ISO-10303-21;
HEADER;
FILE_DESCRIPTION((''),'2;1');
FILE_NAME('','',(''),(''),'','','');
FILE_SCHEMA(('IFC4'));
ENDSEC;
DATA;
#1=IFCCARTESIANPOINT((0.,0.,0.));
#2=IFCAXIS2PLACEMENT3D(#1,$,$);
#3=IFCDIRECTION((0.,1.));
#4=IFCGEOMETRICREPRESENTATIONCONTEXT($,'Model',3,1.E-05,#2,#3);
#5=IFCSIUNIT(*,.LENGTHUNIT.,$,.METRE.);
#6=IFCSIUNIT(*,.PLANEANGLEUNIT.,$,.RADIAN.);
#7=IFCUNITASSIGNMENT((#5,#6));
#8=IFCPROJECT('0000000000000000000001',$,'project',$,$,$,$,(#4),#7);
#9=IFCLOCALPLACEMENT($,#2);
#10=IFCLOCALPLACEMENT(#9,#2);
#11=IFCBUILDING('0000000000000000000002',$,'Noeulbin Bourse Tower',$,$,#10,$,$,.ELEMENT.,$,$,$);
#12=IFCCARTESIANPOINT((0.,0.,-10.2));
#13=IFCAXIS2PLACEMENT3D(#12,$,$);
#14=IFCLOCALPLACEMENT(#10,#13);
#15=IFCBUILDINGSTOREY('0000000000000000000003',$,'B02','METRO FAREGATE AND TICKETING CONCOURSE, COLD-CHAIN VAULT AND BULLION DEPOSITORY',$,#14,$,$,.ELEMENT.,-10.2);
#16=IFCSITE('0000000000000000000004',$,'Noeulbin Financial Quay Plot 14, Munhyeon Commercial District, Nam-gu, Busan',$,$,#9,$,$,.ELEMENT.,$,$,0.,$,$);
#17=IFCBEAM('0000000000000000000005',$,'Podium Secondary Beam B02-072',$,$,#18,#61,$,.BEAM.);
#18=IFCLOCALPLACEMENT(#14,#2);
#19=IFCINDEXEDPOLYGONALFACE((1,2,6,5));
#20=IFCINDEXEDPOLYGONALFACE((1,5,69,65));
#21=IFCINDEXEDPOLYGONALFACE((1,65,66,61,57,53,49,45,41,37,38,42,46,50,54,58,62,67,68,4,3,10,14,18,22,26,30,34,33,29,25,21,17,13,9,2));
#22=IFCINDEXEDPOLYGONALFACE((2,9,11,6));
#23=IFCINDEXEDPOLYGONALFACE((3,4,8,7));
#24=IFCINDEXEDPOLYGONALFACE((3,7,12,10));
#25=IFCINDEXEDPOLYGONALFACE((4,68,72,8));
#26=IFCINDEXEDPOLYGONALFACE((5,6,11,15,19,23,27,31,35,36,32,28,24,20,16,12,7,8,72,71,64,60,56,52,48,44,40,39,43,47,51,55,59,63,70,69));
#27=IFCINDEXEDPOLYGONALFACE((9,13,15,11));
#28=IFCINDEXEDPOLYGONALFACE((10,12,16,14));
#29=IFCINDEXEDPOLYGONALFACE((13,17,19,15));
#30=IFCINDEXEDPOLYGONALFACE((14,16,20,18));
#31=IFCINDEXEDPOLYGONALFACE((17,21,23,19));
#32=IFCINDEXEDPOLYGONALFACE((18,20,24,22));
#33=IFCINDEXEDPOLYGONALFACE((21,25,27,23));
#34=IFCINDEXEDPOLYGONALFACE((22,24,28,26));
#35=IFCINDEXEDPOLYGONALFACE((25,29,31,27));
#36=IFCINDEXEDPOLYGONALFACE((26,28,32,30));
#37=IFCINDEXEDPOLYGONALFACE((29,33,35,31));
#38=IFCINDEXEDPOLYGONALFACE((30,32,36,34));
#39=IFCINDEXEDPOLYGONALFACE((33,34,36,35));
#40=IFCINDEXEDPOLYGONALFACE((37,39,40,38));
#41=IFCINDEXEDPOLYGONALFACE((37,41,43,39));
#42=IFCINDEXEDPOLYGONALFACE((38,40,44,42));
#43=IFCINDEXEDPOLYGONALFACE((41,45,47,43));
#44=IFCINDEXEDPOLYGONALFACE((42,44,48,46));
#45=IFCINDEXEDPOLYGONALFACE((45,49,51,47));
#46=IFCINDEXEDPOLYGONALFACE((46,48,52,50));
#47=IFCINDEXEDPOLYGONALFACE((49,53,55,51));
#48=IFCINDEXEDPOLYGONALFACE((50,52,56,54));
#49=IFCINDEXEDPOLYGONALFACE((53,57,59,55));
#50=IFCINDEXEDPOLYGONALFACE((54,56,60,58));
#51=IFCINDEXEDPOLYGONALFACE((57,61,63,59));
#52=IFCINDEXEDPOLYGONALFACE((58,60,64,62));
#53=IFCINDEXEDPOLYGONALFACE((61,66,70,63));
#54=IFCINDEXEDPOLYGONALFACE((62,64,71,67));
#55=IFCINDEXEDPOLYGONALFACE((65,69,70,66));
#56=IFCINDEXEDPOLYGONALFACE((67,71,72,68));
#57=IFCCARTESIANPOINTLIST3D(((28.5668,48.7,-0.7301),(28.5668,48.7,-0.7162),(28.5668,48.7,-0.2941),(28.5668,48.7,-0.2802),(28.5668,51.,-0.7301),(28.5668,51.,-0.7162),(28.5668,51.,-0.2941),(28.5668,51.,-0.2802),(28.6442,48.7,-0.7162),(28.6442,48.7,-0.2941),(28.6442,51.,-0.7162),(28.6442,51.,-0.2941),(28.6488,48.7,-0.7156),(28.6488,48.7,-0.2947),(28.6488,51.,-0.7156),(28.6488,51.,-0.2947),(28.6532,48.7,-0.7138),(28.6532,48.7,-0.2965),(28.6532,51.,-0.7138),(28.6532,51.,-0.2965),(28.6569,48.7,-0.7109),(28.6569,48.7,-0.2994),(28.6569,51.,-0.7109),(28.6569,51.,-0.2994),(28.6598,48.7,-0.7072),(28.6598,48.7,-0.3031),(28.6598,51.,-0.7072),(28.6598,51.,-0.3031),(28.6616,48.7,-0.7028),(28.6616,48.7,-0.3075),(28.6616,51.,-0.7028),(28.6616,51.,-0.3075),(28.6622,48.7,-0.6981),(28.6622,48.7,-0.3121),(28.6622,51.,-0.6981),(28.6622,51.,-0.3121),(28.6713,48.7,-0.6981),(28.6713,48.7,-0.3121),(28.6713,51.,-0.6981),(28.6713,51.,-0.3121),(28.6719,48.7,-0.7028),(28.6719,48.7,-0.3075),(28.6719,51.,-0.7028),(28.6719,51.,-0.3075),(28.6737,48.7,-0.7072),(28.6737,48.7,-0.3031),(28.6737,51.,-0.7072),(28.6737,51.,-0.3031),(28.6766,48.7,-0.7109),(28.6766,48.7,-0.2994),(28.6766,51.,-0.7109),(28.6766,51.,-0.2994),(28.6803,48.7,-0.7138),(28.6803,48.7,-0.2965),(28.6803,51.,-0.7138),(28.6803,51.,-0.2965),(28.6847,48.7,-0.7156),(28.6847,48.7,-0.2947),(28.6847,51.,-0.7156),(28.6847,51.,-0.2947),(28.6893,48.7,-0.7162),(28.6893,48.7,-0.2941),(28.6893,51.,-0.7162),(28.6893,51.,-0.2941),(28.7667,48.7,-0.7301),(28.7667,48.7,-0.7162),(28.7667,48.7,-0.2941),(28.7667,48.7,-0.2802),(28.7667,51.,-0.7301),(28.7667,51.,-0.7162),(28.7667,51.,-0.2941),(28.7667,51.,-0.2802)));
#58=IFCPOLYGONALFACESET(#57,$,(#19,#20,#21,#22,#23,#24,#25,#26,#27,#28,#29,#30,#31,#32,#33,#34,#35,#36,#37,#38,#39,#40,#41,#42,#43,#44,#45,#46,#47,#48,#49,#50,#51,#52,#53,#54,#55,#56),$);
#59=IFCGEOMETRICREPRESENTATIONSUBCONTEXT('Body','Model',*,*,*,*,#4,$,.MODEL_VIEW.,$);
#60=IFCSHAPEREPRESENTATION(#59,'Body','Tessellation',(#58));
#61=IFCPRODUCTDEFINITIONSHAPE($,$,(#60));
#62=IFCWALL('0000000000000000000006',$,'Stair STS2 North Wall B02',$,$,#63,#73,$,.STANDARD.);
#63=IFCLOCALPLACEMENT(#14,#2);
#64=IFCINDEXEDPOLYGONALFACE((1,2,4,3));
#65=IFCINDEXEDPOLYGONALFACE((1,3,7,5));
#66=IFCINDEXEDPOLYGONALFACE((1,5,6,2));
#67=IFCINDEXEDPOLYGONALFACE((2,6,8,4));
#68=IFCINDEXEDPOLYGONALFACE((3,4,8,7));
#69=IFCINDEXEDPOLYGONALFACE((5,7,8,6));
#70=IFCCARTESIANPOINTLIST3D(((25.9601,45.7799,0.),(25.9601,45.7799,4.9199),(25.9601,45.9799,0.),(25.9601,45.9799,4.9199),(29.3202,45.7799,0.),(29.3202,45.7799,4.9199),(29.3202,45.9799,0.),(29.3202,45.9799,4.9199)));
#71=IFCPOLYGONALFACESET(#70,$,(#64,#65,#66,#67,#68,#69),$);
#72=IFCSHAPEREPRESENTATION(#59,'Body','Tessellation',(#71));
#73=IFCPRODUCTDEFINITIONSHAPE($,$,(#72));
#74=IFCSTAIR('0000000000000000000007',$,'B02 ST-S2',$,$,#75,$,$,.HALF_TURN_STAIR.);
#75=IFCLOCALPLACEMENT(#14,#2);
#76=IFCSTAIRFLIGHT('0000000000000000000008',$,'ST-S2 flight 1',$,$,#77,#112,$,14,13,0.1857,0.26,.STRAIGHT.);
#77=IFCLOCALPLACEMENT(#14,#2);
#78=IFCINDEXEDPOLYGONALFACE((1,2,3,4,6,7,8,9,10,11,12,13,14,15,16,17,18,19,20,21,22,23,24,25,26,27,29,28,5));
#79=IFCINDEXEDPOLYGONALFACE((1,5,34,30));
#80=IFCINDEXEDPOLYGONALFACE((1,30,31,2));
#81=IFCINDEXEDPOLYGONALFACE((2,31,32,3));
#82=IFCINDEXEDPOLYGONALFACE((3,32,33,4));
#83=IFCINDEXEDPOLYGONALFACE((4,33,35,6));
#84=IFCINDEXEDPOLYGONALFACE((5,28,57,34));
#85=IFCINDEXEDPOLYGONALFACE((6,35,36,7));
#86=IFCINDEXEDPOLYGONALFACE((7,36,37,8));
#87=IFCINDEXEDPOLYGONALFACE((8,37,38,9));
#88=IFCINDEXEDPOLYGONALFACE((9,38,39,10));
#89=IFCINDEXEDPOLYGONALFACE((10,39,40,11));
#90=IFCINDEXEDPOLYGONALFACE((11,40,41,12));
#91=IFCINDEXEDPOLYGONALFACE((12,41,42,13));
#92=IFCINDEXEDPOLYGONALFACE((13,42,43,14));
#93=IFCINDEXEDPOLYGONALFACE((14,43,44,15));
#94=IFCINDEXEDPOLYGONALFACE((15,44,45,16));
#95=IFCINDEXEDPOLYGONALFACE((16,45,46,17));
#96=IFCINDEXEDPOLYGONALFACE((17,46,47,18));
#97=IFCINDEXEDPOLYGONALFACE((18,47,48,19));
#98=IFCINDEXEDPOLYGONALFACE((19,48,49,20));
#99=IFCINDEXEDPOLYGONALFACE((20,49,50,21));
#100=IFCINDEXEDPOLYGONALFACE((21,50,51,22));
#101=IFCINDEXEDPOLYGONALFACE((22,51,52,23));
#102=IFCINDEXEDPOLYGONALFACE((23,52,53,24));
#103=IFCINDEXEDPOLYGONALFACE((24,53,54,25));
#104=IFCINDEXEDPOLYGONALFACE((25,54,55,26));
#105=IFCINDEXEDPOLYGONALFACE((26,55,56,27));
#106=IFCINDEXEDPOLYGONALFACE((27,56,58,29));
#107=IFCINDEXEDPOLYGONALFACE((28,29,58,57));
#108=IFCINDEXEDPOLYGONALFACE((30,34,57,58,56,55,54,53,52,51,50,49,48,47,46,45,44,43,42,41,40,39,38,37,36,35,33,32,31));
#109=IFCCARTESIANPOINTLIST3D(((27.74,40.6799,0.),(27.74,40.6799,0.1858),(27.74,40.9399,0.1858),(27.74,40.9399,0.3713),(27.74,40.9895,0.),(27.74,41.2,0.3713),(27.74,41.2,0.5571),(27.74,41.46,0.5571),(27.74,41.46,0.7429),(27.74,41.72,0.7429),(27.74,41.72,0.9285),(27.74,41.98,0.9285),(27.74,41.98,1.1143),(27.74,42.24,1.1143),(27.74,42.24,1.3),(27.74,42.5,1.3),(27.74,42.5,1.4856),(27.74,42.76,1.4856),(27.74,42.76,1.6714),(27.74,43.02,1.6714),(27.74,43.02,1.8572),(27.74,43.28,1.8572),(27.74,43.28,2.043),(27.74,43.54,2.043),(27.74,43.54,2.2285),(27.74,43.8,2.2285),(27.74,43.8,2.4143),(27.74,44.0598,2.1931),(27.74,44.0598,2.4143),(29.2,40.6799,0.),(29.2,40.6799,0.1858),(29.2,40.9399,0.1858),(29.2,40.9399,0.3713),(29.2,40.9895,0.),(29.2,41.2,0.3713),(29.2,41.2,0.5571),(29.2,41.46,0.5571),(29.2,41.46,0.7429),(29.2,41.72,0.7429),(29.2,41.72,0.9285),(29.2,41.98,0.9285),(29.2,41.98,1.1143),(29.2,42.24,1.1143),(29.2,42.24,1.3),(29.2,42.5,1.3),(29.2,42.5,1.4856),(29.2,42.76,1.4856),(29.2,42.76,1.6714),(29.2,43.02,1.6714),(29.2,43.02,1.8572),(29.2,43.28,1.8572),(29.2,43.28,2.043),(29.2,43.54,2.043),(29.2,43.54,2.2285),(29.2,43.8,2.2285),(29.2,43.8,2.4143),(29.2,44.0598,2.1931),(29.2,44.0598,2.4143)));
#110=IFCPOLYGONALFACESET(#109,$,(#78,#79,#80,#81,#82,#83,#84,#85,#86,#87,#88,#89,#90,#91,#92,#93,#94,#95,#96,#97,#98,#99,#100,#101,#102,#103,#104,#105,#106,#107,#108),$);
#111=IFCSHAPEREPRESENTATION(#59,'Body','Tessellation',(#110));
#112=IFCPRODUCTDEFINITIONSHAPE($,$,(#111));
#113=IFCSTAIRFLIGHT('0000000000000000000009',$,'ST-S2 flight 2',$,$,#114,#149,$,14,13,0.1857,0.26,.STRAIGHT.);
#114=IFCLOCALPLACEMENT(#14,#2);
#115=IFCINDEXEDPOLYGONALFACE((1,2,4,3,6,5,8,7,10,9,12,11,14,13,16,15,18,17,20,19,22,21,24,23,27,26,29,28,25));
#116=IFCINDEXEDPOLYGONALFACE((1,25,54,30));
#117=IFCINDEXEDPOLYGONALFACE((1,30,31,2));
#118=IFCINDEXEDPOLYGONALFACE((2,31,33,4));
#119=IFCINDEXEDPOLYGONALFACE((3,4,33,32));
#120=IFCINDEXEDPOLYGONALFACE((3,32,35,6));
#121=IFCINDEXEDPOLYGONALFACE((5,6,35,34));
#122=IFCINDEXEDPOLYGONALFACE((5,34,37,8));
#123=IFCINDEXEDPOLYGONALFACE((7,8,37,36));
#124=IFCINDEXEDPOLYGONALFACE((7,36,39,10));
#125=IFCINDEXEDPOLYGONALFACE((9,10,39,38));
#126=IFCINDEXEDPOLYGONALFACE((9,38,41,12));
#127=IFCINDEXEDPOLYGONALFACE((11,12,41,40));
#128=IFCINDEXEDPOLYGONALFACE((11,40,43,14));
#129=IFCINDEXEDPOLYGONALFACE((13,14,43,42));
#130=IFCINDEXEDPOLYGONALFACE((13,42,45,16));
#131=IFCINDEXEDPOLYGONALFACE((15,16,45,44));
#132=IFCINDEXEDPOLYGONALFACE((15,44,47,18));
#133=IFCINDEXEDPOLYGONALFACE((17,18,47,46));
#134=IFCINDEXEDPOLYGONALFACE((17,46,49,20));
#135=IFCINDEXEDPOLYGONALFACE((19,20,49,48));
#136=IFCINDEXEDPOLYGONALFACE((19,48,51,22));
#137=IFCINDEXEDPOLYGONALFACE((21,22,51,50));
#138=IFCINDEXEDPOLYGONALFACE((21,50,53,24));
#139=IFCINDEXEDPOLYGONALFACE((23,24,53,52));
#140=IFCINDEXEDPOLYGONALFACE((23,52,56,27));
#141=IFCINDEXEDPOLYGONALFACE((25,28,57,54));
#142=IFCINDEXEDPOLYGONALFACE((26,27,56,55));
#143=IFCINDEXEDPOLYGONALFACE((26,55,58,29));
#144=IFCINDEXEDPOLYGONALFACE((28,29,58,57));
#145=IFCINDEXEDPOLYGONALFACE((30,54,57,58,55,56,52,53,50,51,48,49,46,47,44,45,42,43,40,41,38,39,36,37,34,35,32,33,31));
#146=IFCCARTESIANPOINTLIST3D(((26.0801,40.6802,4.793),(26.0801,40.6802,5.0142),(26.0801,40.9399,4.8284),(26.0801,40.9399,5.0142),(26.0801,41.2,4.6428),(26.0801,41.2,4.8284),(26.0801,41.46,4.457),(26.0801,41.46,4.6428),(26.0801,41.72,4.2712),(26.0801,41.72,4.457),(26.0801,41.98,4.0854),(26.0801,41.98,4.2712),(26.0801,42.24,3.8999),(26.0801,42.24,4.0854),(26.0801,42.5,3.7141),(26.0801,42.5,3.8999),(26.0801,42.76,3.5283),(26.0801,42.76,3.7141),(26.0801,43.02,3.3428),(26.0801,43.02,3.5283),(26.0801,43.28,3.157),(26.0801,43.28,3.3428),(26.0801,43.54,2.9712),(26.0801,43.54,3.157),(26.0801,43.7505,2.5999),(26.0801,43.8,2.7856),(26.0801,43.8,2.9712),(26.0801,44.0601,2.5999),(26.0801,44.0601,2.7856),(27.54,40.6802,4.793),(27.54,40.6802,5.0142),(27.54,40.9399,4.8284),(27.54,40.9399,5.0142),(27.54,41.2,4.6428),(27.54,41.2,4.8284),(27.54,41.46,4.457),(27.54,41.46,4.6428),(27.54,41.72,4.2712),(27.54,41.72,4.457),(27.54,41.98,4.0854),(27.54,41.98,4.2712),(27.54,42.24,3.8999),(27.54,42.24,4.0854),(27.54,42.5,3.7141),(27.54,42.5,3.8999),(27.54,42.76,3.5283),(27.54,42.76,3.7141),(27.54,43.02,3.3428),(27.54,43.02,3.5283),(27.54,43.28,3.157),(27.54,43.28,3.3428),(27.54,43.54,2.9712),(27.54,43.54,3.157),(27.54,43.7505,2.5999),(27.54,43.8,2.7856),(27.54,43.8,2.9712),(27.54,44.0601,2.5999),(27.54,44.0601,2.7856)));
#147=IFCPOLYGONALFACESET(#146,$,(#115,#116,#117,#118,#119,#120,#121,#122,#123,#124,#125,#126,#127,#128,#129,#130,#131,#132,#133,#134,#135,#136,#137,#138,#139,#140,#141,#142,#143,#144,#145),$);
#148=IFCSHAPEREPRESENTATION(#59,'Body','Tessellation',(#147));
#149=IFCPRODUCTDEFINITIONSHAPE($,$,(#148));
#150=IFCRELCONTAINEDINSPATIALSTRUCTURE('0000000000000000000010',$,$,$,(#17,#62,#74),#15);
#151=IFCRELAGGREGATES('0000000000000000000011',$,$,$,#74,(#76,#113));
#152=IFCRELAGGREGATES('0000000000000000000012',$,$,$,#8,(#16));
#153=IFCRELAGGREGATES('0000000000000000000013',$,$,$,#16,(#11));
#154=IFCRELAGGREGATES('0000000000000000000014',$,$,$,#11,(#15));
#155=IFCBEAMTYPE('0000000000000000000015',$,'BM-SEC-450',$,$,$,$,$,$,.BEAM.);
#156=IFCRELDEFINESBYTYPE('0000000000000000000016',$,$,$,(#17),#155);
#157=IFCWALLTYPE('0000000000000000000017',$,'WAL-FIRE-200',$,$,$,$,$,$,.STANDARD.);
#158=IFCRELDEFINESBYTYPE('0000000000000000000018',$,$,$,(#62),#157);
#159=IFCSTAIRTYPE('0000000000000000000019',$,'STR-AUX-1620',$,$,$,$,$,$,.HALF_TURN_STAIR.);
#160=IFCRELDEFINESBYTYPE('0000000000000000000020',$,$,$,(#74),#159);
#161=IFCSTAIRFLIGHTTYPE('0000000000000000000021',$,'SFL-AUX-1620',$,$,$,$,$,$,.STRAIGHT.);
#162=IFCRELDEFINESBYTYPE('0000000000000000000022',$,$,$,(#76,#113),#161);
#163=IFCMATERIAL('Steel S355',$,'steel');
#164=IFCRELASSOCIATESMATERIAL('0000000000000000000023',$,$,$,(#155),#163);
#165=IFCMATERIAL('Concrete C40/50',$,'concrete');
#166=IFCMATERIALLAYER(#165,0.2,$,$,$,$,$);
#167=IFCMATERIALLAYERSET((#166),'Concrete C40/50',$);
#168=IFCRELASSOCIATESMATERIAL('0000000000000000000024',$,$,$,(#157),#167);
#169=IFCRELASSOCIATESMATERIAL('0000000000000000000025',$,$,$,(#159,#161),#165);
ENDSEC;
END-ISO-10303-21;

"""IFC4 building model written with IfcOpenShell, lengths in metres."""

from ifc_helpers import new_model, si_unit, direction, frame, frame_2d, origin, origin_2d, place, context, subcontext, project, spatial, polyline, rectangle, i_section, outline, extrude, material, layer, layer_set, material_profile, profile_set, type_object, element, aggregate, save


model = new_model("IFC4")

# Units and contexts
model_context = context("Model", 3, precision=1e-05, world=origin(), true_north=direction((0.0, 1.0)))
body_context = subcontext(model_context, "Body", "Model", "MODEL_VIEW")
ifc_project = project(units=[si_unit("LENGTHUNIT", "METRE"), si_unit("PLANEANGLEUNIT", "RADIAN")], contexts=[model_context])

# Site, building, storey
site_placement = place(None, origin())
site = spatial("IfcSite", under=ifc_project, at=site_placement, Name="Noeulbin Financial Quay Plot 14, Munhyeon Commercial District, Nam-gu, Busan", CompositionType="ELEMENT", RefElevation=0.0)
building_placement = place(site_placement, origin())
building = spatial("IfcBuilding", under=site, at=building_placement, Name="Noeulbin Bourse Tower", CompositionType="ELEMENT")
storey_placement = place(building_placement, frame((0.0, 0.0, -10.2)))
storey = spatial("IfcBuildingStorey", under=building, at=storey_placement, Name="B02", Description="METRO FAREGATE AND TICKETING CONCOURSE, COLD-CHAIN VAULT AND BULLION DEPOSITORY", CompositionType="ELEMENT", Elevation=-10.2)

# Beam
ifc_material_1 = material(Name="Steel S355", Category="steel")
ifc_material_profile_1 = material_profile(ifc_material_1, i_section(OverallWidth=0.2, OverallDepth=0.45, WebThickness=0.009, FlangeThickness=0.0139, FilletRadius=0.0181, at=origin_2d()), Name="H-450x200x9x14", Category="LoadBearing")
ifc_profile_set_1 = profile_set([ifc_material_profile_1], Name="Steel S355")
beam_type_1 = type_object("IfcBeamType", Name="BM-SEC-450", PredefinedType="BEAM", material=ifc_profile_set_1)
beam_1_placement = place(storey_placement, frame((28.6667, 48.7, -0.5051), z_axis=(0.0, 1.0, 0.0), x_axis=(-1.0, 0.0, 0.0)))
element("IfcBeam", 1, at=beam_1_placement, inside=storey, type_object=beam_type_1, Name="Podium Secondary Beam B02-072", PredefinedType="BEAM", context=body_context, shape_type="SweptSolid", body=[
    extrude(i_section(OverallWidth=0.2, OverallDepth=0.45, WebThickness=0.009, FlangeThickness=0.0139, FilletRadius=0.0181, at=origin_2d()), origin(), (0.0, 0.0, 1.0), 2.3),
])

# Wall
ifc_material_2 = material(Name="Concrete C40/50", Category="concrete")
ifc_layer_1 = layer(ifc_material_2, 0.2)
ifc_layer_set_1 = layer_set([ifc_layer_1], Name="Concrete C40/50")
wall_type = type_object("IfcWallType", Name="WAL-FIRE-200", PredefinedType="STANDARD", material=ifc_layer_set_1)
wall_placement = place(storey_placement, frame((25.96, 45.8799, 0.0), z_axis=(0.0, 0.0, 1.0), x_axis=(1.0, 0.0, 0.0)))
element("IfcWall", 2, at=wall_placement, inside=storey, type_object=wall_type, Name="Stair STS2 North Wall B02", PredefinedType="STANDARD", context=body_context, shape_type="SweptSolid", body=[
    extrude(rectangle(XDim=3.3601, YDim=0.2, at=frame_2d((1.6802, 0.0))), origin(), (0.0, 0.0, 1.0), 4.9199),
])

# Stair, stair flights
stair_type = type_object("IfcStairType", Name="STR-AUX-1620", PredefinedType="HALF_TURN_STAIR", material=ifc_material_2)
stair_placement = place(storey_placement, origin())
stair = element("IfcStair", 3, at=stair_placement, inside=storey, type_object=stair_type, Name="B02 ST-S2", PredefinedType="HALF_TURN_STAIR")
stair_flight_type = type_object("IfcStairFlightType", Name="SFL-AUX-1620", PredefinedType="STRAIGHT", material=ifc_material_2)
stair_flight_1_placement = place(storey_placement, frame((28.47, 40.6799, 0.0), z_axis=(0.0, 0.0, 1.0), x_axis=(0.0, 1.0, 0.0)))
stair_flight_1 = element("IfcStairFlight", 4, at=stair_flight_1_placement, type_object=stair_flight_type, Name="ST-S2 flight 1", NumberOfRisers=14, NumberOfTreads=13, PredefinedType="STRAIGHT", RiserHeight=0.1857, TreadLength=0.26, context=body_context, shape_type="SweptSolid", body=[
    extrude(outline(polyline([(0.0, 0.0), (0.0, 0.1858), (0.26, 0.1858), (0.26, 0.3713), (0.52, 0.3713), (0.52, 0.5571), (0.78, 0.5571), (0.78, 0.7429), (1.04, 0.7429), (1.04, 0.9285), (1.3, 0.9285), (1.3, 1.1143), (1.5601, 1.1143), (1.5601, 1.3), (1.8201, 1.3), (1.8201, 1.4856), (2.0801, 1.4856), (2.0801, 1.6714), (2.3401, 1.6714), (2.3401, 1.8572), (2.6001, 1.8572), (2.6001, 2.043), (2.8601, 2.043), (2.8601, 2.2285), (3.1201, 2.2285), (3.1201, 2.4143), (3.3799, 2.4143), (3.3799, 2.6001), (3.3799, 2.1931), (0.3096, 0.0), (0.0, 0.0)])), frame((0.0, 0.73, 0.0), z_axis=(0.0, -1.0, 0.0), x_axis=(1.0, 0.0, 0.0)), (0.0, 0.0, 1.0), 1.46),
])
stair_flight_2_placement = place(storey_placement, frame((26.8101, 44.0601, 2.5999), z_axis=(0.0, 0.0, 1.0), x_axis=(0.0, -1.0, 0.0)))
stair_flight_2 = element("IfcStairFlight", 5, at=stair_flight_2_placement, type_object=stair_flight_type, Name="ST-S2 flight 2", NumberOfRisers=14, NumberOfTreads=13, PredefinedType="STRAIGHT", RiserHeight=0.1857, TreadLength=0.26, context=body_context, shape_type="SweptSolid", body=[
    extrude(outline(polyline([(0.0, 0.0), (0.0, 0.1858), (0.26, 0.1858), (0.26, 0.3713), (0.52, 0.3713), (0.52, 0.5571), (0.78, 0.5571), (0.78, 0.7429), (1.04, 0.7429), (1.04, 0.9285), (1.3, 0.9285), (1.3, 1.1143), (1.5601, 1.1143), (1.5601, 1.3), (1.8201, 1.3), (1.8201, 1.4856), (2.0801, 1.4856), (2.0801, 1.6714), (2.3401, 1.6714), (2.3401, 1.8572), (2.6001, 1.8572), (2.6001, 2.043), (2.8601, 2.043), (2.8601, 2.2285), (3.1201, 2.2285), (3.1201, 2.4143), (3.3799, 2.4143), (3.3799, 2.6001), (3.3799, 2.1931), (0.3096, 0.0), (0.0, 0.0)])), frame((0.0, 0.73, 0.0), z_axis=(0.0, -1.0, 0.0), x_axis=(1.0, 0.0, 0.0)), (0.0, 0.0, 1.0), 1.46),
])
aggregate(stair, [stair_flight_1, stair_flight_2])

save(model, "model.ifc")
